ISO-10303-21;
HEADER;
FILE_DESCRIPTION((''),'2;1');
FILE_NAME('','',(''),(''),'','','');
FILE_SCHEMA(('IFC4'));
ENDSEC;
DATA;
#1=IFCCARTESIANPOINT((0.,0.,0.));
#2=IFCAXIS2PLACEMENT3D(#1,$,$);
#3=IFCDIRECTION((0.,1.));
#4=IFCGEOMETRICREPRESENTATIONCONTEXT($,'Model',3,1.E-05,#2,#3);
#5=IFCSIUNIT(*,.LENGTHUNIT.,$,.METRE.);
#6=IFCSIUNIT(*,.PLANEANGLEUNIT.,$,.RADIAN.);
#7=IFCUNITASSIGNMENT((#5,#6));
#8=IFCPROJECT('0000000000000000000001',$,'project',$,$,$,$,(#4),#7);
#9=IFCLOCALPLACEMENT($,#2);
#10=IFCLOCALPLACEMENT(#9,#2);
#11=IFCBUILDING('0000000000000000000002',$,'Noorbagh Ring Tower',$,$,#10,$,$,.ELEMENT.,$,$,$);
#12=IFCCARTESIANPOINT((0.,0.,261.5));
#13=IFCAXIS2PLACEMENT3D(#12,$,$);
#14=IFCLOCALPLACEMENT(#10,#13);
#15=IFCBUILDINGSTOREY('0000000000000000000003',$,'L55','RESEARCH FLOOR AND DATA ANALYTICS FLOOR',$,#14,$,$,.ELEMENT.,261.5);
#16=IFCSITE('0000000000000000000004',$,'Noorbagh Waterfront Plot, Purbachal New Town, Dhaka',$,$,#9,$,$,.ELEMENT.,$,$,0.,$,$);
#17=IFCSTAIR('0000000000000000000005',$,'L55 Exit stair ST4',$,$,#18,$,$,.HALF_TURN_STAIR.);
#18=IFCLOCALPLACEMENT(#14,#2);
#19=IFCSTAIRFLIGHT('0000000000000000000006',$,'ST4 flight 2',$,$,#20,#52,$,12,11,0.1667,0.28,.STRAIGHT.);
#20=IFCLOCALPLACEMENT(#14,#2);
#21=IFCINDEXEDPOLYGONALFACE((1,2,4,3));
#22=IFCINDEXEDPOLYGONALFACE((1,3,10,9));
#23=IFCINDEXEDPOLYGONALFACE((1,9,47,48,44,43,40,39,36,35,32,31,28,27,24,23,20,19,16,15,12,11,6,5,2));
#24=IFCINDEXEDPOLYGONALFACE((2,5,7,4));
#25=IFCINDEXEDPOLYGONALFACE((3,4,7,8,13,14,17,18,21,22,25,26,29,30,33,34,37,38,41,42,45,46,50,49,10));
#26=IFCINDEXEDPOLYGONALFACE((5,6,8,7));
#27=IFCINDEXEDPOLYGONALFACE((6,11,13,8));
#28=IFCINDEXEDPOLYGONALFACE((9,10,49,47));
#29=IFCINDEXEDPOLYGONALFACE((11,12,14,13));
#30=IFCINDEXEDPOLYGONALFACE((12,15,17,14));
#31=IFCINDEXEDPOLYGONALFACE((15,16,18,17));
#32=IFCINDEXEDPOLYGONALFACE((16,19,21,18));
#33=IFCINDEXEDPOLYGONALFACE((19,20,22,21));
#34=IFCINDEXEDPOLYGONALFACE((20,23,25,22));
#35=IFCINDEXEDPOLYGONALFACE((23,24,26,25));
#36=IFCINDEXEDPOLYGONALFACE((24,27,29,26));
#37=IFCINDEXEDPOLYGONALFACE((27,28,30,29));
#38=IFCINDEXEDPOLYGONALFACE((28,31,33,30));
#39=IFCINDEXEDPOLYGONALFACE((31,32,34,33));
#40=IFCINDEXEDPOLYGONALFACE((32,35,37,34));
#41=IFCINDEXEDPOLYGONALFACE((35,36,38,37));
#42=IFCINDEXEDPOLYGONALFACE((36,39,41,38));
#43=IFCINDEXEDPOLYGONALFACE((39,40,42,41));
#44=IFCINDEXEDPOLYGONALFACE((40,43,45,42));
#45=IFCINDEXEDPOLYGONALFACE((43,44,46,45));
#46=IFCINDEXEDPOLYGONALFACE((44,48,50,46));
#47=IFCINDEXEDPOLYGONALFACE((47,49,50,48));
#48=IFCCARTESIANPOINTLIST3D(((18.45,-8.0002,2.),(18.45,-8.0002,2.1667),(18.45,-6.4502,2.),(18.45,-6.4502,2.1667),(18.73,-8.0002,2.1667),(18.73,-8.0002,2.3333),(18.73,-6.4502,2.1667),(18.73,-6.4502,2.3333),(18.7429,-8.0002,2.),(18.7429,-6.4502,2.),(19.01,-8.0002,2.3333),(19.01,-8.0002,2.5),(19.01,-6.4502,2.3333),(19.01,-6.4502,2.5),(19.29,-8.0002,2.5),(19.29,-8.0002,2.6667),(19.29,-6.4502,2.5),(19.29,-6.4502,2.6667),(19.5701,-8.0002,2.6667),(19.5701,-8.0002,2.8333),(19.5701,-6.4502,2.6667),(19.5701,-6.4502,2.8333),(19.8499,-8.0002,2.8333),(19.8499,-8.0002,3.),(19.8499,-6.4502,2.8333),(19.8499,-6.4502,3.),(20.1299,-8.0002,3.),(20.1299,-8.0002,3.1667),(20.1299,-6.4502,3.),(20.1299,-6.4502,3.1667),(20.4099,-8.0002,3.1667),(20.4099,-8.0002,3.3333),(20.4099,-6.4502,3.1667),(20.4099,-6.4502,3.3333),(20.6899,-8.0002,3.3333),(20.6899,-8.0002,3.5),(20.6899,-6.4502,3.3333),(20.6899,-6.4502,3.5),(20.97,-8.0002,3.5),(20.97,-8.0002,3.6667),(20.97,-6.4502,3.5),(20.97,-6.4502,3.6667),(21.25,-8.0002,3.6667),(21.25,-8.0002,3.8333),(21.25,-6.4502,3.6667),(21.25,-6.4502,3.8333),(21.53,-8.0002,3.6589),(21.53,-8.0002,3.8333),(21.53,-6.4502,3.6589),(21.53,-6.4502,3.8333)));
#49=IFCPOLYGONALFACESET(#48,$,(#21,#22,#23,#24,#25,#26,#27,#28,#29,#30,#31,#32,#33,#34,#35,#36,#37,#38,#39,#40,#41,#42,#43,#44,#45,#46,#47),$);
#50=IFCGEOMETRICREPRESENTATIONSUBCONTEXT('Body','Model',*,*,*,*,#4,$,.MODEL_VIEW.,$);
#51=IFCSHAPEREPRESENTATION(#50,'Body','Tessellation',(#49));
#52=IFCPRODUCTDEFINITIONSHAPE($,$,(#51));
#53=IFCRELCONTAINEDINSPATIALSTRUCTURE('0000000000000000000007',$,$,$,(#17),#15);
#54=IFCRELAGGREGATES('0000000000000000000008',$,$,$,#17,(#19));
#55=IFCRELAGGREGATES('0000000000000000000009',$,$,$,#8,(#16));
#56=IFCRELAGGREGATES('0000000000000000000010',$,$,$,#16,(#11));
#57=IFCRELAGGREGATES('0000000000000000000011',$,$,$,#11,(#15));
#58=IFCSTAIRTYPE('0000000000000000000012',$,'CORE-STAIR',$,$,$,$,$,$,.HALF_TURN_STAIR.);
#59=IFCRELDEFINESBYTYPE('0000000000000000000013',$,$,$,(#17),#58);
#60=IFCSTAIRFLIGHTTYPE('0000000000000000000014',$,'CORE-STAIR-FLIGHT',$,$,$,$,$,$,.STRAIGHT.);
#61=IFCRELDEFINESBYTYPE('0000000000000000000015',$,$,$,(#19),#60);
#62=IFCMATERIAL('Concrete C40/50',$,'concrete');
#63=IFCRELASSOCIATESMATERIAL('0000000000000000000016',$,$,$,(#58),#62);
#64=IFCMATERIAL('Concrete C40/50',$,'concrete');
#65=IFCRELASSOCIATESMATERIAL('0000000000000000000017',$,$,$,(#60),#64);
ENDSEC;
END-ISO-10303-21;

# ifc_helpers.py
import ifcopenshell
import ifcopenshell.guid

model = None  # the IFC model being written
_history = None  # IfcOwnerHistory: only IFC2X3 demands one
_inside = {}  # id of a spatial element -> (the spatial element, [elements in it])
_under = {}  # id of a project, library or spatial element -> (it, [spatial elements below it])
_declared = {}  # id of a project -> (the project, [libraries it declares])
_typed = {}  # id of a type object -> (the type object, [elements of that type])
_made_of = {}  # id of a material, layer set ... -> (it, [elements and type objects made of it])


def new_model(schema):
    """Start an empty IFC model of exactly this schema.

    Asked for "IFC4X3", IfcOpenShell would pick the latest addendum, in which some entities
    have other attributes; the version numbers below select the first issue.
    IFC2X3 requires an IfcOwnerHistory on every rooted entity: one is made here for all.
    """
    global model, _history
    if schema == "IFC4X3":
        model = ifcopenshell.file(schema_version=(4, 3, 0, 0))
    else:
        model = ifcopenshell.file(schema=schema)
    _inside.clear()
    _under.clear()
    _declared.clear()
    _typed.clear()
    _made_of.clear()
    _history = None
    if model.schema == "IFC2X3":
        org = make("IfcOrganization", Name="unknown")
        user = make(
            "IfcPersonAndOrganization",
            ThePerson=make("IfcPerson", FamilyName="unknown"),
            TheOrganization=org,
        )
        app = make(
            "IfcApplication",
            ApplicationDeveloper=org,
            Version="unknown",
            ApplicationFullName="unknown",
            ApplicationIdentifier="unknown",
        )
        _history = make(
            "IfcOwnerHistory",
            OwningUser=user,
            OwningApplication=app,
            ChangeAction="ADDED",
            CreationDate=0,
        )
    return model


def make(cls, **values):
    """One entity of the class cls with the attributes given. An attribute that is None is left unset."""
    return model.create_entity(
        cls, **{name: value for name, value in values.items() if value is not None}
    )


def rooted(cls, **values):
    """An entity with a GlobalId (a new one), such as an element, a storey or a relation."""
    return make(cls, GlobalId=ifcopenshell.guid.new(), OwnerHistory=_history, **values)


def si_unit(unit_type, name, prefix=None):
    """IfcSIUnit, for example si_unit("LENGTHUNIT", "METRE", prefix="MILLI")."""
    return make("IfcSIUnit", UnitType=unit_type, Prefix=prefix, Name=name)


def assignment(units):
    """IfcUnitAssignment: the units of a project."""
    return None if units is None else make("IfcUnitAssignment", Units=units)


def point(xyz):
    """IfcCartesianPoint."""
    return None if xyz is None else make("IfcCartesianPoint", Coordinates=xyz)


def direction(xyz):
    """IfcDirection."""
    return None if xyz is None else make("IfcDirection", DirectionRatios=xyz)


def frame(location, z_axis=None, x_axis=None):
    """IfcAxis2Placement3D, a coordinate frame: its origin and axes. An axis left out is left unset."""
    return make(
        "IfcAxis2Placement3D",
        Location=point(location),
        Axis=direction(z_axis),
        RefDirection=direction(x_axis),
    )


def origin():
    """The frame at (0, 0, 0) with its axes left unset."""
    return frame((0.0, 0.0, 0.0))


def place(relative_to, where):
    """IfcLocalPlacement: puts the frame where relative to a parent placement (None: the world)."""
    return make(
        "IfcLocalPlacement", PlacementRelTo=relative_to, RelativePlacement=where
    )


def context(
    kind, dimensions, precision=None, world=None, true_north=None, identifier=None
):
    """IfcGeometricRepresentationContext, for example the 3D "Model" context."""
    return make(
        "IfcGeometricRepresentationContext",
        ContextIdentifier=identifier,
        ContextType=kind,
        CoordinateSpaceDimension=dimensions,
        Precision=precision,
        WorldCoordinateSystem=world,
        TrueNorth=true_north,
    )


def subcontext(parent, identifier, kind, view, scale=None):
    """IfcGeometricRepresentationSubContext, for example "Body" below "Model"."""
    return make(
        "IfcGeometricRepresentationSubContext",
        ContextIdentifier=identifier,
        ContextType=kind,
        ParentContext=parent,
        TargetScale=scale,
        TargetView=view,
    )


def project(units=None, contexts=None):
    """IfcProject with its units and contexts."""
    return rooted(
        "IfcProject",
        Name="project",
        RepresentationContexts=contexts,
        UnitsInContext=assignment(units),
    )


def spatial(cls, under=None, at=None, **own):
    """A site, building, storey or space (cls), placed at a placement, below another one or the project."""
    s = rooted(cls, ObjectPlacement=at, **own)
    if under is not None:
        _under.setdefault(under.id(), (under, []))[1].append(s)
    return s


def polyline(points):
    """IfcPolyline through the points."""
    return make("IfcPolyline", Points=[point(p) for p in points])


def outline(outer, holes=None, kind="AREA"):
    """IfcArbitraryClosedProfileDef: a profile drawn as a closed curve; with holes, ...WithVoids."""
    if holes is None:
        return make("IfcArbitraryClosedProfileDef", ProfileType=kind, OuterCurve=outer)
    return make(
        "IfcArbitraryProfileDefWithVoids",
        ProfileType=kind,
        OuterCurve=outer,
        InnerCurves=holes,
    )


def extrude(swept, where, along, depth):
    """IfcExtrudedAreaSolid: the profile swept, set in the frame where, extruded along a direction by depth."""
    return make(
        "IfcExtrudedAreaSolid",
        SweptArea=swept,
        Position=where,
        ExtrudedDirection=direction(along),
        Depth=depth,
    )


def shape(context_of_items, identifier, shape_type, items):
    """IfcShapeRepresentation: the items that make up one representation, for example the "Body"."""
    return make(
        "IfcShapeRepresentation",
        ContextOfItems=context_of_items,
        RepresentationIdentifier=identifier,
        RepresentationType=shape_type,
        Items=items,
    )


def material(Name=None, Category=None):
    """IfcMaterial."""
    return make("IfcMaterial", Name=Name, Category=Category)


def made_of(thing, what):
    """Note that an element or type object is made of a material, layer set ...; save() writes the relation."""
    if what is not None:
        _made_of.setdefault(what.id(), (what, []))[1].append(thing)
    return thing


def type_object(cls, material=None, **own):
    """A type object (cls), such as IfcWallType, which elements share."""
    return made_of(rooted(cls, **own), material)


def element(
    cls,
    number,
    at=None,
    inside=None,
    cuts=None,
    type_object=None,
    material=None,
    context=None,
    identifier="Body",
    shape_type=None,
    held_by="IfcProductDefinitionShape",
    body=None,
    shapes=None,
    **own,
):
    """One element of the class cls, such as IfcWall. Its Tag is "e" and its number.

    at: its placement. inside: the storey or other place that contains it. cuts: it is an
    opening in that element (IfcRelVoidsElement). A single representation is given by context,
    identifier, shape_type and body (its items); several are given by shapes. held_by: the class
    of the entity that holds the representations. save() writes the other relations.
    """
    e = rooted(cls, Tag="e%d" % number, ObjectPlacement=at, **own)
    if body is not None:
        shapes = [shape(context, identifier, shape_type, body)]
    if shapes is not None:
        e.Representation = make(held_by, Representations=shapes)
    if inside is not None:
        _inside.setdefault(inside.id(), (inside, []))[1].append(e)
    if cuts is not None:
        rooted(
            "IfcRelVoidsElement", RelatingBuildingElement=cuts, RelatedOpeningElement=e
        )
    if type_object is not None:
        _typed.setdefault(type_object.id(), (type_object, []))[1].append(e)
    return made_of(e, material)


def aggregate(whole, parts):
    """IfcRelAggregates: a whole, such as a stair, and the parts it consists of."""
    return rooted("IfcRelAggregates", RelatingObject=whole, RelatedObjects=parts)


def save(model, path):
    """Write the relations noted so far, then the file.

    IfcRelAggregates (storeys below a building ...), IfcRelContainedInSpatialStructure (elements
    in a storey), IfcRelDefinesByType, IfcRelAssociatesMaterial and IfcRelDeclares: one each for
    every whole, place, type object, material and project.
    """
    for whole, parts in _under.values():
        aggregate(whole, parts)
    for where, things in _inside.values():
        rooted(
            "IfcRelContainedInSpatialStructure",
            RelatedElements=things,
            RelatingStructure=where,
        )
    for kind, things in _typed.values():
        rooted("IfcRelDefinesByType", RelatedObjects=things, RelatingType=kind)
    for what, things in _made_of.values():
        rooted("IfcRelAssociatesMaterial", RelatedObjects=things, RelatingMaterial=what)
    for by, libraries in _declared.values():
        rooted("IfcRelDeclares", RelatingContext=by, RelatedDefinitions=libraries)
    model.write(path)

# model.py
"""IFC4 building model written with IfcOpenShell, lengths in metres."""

from ifc_helpers import new_model, si_unit, direction, frame, origin, place, context, subcontext, project, spatial, polyline, outline, extrude, material, type_object, element, aggregate, save


model = new_model("IFC4")

# Units and contexts
model_context = context("Model", 3, precision=1e-05, world=origin(), true_north=direction((0.0, 1.0)))
body_context = subcontext(model_context, "Body", "Model", "MODEL_VIEW")
ifc_project = project(units=[si_unit("LENGTHUNIT", "METRE"), si_unit("PLANEANGLEUNIT", "RADIAN")], contexts=[model_context])

# Site, building, storey
site_placement = place(None, origin())
site = spatial("IfcSite", under=ifc_project, at=site_placement, Name="Noorbagh Waterfront Plot, Purbachal New Town, Dhaka", CompositionType="ELEMENT", RefElevation=0.0)
building_placement = place(site_placement, origin())
building = spatial("IfcBuilding", under=site, at=building_placement, Name="Noorbagh Ring Tower", CompositionType="ELEMENT")
storey_placement = place(building_placement, frame((0.0, 0.0, 261.5)))
storey = spatial("IfcBuildingStorey", under=building, at=storey_placement, Name="L55", Description="RESEARCH FLOOR AND DATA ANALYTICS FLOOR", CompositionType="ELEMENT", Elevation=261.5)

# Stair, stair flight
ifc_material_1 = material(Name="Concrete C40/50", Category="concrete")
stair_type = type_object("IfcStairType", Name="CORE-STAIR", PredefinedType="HALF_TURN_STAIR", material=ifc_material_1)
stair_placement = place(storey_placement, origin())
stair = element("IfcStair", 1, at=stair_placement, inside=storey, type_object=stair_type, Name="L55 Exit stair ST4", PredefinedType="HALF_TURN_STAIR")
ifc_material_2 = material(Name="Concrete C40/50", Category="concrete")
stair_flight_type = type_object("IfcStairFlightType", Name="CORE-STAIR-FLIGHT", PredefinedType="STRAIGHT", material=ifc_material_2)
stair_flight_placement = place(storey_placement, frame((18.45, -7.2251, 2.0), z_axis=(0.0, 0.0, 1.0), x_axis=(1.0, 0.0, 0.0)))
stair_flight = element("IfcStairFlight", 2, at=stair_flight_placement, type_object=stair_flight_type, Name="ST4 flight 2", NumberOfRisers=12, NumberOfTreads=11, PredefinedType="STRAIGHT", RiserHeight=0.1667, TreadLength=0.28, context=body_context, shape_type="SweptSolid", body=[
    extrude(outline(polyline([(0.0, 0.0), (0.0, 0.1667), (0.28, 0.1667), (0.28, 0.3333), (0.5601, 0.3333), (0.5601, 0.5), (0.8401, 0.5), (0.8401, 0.6667), (1.1201, 0.6667), (1.1201, 0.8333), (1.3999, 0.8333), (1.3999, 1.0), (1.6799, 1.0), (1.6799, 1.1667), (1.96, 1.1667), (1.96, 1.3333), (2.24, 1.3333), (2.24, 1.5), (2.52, 1.5), (2.52, 1.6667), (2.8, 1.6667), (2.8, 1.8333), (3.0801, 1.8333), (3.0801, 2.0), (3.0801, 1.6589), (0.293, 0.0), (0.0, 0.0)])), frame((0.0, 0.7749, 0.0), z_axis=(0.0, -1.0, 0.0), x_axis=(1.0, 0.0, 0.0)), (0.0, 0.0, 1.0), 1.55),
])
aggregate(stair, [stair_flight])

save(model, "model.ifc")
